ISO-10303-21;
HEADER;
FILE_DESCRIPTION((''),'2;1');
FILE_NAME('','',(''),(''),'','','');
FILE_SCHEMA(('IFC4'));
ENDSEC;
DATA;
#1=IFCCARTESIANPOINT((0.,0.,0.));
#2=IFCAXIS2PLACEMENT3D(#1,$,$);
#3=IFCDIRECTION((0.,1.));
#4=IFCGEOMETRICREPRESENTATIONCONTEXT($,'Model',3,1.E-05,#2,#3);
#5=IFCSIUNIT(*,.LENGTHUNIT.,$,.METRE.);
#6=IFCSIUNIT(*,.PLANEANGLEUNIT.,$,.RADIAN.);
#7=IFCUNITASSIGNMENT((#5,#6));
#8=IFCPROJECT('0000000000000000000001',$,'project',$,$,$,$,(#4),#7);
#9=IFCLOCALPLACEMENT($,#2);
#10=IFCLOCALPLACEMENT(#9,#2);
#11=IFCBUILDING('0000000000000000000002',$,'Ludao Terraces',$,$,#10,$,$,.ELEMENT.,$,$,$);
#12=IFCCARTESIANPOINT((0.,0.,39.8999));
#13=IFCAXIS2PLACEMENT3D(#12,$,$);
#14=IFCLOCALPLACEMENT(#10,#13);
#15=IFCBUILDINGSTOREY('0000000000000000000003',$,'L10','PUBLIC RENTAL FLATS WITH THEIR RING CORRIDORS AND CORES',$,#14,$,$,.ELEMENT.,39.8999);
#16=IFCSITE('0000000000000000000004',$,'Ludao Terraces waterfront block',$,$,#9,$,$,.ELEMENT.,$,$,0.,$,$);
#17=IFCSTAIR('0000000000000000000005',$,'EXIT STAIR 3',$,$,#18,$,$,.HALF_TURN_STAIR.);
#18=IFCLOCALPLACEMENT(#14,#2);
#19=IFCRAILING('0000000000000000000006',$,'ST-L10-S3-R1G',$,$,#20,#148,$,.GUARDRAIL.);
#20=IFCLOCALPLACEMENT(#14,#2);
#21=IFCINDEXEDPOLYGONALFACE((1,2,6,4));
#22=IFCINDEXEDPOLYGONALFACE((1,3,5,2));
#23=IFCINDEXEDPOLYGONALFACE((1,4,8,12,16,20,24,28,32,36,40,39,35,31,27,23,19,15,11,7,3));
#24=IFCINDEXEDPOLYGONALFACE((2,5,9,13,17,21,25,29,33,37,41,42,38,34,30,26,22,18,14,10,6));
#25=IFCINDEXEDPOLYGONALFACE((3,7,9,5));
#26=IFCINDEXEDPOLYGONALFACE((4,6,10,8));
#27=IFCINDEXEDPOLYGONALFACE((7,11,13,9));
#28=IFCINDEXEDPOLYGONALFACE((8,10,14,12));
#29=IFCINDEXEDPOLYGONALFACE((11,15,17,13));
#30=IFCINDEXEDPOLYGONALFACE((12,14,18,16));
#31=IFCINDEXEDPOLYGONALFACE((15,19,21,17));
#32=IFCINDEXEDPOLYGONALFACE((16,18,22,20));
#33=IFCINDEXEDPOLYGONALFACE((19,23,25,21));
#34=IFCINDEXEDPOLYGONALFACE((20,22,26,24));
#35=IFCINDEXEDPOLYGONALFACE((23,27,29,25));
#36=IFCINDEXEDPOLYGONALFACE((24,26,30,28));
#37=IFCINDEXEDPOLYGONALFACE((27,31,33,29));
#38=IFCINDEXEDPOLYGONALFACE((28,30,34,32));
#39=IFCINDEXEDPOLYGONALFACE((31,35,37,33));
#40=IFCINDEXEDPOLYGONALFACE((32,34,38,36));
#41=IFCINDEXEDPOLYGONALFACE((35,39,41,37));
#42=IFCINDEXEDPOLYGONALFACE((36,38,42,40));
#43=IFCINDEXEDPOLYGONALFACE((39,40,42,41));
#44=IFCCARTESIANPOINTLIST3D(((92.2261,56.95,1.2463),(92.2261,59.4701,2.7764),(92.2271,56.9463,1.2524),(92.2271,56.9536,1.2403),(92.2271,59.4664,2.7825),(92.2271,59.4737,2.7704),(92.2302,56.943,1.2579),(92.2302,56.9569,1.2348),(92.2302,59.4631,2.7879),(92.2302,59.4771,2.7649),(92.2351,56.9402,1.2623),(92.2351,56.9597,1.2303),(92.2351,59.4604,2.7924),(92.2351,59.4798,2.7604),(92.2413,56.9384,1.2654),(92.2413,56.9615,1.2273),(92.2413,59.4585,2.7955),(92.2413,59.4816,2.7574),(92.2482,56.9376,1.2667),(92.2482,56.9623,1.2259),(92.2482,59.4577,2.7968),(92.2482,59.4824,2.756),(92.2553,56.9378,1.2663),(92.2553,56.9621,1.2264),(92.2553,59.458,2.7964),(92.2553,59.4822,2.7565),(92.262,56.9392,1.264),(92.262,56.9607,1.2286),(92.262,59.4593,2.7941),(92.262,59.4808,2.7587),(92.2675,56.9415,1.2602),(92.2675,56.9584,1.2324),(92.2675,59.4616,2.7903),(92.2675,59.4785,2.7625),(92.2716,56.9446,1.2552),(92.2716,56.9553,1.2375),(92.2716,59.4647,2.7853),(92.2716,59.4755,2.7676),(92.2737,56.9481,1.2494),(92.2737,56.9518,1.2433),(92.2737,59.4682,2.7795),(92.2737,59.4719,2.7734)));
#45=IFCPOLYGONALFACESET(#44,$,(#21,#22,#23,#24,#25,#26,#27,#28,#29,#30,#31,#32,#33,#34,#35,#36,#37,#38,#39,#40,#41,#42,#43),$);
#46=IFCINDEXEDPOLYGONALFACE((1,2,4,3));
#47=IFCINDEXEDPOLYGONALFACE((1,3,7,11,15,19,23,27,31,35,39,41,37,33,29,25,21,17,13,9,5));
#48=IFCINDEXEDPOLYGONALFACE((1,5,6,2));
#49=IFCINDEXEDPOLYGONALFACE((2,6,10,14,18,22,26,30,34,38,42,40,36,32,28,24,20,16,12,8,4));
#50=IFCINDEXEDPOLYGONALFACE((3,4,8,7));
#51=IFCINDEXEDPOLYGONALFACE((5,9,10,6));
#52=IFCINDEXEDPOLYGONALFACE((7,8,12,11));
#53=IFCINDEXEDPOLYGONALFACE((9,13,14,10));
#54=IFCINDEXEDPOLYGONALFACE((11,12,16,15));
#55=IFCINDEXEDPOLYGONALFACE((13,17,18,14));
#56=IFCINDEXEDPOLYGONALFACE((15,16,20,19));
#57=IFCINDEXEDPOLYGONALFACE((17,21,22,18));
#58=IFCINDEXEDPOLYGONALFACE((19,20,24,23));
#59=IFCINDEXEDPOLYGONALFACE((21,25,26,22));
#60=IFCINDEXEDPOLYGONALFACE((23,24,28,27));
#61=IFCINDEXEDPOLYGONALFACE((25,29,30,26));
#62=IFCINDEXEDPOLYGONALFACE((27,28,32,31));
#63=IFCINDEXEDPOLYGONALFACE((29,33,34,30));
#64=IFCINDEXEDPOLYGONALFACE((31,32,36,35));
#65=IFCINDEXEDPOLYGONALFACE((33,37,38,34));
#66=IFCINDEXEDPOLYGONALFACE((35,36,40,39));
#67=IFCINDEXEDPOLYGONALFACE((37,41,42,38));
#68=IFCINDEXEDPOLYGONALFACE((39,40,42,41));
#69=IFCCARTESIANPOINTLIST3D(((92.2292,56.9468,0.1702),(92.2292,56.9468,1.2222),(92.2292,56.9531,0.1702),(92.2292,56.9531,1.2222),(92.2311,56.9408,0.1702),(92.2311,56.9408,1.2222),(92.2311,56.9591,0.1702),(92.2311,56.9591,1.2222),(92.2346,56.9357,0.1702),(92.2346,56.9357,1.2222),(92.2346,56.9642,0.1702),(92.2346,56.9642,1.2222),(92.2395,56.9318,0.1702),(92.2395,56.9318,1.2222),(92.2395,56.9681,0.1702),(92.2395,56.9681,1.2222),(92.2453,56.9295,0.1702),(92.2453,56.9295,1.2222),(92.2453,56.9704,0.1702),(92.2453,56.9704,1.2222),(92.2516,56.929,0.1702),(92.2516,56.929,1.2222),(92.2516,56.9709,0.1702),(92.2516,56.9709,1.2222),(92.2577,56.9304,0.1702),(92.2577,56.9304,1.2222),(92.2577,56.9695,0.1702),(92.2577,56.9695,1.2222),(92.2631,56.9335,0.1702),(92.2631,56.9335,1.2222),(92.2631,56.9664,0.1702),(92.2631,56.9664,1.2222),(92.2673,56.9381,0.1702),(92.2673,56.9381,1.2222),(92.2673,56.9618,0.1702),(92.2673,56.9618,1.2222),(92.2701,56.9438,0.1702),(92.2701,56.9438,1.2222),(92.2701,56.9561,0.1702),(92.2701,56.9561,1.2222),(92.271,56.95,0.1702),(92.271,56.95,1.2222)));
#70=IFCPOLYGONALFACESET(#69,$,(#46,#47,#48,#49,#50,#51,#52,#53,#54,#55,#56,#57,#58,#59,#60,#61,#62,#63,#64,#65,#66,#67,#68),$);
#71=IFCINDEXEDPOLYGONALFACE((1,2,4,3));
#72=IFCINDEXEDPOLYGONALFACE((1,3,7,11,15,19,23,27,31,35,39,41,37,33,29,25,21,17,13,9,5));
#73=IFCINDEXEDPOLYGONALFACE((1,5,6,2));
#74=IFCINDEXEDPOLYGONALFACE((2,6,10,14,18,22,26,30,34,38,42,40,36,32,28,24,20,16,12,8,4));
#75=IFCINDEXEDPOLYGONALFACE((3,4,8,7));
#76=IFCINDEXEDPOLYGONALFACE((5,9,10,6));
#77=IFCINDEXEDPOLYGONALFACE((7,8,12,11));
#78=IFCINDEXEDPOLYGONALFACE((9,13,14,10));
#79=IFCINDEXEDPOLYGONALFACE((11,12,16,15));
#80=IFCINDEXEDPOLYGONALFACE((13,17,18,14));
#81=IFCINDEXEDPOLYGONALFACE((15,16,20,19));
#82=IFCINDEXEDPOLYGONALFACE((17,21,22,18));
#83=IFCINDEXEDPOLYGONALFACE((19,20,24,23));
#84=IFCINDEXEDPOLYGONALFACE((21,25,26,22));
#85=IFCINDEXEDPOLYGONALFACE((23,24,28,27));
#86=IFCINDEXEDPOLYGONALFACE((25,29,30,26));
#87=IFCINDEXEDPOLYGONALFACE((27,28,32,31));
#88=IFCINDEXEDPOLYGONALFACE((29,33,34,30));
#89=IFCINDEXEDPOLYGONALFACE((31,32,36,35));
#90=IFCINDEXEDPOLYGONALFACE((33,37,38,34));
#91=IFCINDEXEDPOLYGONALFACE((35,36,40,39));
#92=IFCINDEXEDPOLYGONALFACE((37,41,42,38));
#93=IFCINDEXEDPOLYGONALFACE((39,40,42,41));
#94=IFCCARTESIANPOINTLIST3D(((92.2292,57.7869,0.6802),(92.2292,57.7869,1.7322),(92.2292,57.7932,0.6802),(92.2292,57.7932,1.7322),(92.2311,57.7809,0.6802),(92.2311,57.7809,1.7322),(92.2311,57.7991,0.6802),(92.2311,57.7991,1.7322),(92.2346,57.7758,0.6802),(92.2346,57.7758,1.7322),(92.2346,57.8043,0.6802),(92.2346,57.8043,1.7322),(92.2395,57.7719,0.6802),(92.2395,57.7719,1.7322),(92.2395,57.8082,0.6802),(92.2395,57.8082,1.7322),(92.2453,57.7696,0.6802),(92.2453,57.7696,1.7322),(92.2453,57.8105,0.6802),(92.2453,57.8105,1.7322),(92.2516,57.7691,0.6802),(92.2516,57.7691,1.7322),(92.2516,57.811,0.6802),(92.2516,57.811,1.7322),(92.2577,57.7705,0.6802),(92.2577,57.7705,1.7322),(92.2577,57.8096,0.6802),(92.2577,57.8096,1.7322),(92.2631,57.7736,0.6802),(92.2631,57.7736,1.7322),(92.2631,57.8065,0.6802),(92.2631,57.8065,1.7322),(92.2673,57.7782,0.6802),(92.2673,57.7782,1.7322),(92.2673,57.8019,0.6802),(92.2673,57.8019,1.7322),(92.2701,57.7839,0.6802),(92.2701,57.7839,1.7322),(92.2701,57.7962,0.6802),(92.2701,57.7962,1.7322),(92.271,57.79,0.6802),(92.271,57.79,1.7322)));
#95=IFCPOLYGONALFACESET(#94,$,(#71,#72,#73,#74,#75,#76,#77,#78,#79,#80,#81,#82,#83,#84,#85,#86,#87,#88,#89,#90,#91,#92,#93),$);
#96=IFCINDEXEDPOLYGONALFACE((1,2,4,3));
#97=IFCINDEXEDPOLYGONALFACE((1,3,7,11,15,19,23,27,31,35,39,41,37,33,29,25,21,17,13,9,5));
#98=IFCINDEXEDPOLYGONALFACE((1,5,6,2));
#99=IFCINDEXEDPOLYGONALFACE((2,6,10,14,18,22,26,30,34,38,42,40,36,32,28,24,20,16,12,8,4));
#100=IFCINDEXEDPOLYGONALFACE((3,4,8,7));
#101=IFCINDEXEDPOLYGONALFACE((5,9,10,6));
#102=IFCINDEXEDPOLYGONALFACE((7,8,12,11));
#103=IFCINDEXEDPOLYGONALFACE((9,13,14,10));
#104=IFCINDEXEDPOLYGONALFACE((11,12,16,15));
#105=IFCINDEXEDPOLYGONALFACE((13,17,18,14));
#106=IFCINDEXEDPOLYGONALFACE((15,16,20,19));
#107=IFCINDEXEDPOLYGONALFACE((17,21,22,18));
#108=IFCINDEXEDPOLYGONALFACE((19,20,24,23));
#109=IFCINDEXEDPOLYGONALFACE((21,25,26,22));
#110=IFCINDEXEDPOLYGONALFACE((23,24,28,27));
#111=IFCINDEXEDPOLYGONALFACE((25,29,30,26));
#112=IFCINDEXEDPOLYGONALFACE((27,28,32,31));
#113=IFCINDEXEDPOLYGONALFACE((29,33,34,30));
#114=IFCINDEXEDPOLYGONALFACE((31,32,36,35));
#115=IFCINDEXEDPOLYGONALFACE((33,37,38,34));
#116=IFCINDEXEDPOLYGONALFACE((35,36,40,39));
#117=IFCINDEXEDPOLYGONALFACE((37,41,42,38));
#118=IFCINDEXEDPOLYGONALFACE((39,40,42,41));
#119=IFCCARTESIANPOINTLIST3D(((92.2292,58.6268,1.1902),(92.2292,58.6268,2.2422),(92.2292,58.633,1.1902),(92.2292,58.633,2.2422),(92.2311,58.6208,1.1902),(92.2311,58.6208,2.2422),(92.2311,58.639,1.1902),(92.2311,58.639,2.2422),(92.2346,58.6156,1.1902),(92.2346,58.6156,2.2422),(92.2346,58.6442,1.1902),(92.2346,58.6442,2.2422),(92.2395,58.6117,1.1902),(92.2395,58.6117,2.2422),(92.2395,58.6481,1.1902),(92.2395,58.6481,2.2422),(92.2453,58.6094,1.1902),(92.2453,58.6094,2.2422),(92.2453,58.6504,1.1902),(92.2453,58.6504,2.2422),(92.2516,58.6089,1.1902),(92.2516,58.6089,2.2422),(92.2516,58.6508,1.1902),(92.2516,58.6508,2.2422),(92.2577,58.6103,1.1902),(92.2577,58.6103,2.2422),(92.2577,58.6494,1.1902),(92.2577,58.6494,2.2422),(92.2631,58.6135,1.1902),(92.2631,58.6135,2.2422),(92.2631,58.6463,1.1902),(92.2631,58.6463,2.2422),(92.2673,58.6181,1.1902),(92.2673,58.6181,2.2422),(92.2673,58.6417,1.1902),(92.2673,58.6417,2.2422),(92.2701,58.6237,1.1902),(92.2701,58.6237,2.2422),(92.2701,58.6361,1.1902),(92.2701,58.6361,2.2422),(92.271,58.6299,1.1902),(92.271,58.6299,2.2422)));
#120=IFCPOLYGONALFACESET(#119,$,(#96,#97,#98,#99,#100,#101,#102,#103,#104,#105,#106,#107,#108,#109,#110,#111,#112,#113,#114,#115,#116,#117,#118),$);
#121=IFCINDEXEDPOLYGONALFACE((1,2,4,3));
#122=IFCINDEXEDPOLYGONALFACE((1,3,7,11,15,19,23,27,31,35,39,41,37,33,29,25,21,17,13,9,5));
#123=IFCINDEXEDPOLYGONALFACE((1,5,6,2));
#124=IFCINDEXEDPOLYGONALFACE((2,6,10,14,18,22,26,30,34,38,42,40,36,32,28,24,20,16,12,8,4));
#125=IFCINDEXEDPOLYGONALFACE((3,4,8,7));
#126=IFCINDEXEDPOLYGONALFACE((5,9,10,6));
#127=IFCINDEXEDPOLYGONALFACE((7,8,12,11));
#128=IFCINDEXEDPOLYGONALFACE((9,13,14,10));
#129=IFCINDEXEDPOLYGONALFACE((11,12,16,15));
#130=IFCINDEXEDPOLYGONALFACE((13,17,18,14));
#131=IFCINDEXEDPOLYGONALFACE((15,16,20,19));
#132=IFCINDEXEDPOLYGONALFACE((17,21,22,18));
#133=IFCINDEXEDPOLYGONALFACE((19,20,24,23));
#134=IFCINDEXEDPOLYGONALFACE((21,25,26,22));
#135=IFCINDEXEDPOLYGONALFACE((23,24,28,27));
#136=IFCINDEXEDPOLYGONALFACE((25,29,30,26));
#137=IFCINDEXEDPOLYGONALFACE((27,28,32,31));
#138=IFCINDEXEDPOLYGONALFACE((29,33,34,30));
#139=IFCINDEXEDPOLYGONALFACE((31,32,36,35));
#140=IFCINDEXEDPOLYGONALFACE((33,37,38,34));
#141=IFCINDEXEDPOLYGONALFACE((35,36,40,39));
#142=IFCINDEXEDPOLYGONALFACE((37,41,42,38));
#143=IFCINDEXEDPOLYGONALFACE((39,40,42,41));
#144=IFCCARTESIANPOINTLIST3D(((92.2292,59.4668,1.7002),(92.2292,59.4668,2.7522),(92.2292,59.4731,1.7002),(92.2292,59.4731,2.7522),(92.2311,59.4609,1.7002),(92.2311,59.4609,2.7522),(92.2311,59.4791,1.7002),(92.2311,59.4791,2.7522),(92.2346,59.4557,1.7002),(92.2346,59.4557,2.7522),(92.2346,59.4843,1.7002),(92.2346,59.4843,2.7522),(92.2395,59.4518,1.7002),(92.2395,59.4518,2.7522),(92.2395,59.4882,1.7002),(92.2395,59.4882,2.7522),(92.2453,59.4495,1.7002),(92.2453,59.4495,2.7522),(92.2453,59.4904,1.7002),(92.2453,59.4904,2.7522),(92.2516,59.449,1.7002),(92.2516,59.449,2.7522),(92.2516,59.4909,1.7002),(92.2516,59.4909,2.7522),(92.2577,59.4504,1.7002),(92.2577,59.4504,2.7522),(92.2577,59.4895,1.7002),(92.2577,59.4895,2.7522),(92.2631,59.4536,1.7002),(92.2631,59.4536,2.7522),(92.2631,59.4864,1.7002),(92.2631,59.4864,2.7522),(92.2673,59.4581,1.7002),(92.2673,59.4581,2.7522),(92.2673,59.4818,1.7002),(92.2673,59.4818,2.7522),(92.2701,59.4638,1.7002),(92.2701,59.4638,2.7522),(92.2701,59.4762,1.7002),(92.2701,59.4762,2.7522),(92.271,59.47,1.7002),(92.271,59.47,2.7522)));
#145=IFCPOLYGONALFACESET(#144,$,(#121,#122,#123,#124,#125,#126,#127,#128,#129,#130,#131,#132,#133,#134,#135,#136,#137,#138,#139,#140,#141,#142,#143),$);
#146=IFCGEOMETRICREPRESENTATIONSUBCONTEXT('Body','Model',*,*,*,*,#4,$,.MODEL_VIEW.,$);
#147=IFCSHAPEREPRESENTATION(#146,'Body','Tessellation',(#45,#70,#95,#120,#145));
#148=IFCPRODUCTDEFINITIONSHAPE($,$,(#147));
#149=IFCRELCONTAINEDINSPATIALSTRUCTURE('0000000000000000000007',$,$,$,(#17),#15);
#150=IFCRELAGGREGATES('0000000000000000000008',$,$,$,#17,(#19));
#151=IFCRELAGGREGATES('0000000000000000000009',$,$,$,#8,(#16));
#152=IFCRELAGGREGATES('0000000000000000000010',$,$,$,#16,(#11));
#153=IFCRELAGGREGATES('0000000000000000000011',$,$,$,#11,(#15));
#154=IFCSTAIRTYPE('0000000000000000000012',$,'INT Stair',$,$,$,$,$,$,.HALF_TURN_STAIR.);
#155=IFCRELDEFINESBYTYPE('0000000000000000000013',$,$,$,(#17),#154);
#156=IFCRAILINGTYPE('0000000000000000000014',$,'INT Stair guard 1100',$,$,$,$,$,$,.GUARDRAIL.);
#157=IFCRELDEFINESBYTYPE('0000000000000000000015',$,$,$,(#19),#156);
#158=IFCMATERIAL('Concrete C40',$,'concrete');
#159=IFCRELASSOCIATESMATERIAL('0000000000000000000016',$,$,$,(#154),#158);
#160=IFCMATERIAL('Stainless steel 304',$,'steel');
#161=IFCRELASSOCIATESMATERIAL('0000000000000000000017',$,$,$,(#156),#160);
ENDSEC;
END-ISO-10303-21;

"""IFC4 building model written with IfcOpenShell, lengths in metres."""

from ifc_helpers import new_model, si_unit, direction, frame, origin, origin_2d, place, context, subcontext, project, spatial, circle, extrude, material, type_object, element, aggregate, save


model = new_model("IFC4")

# Units and contexts
model_context = context("Model", 3, precision=1e-05, world=origin(), true_north=direction((0.0, 1.0)))
body_context = subcontext(model_context, "Body", "Model", "MODEL_VIEW")
ifc_project = project(units=[si_unit("LENGTHUNIT", "METRE"), si_unit("PLANEANGLEUNIT", "RADIAN")], contexts=[model_context])

# Site, building, storey
site_placement = place(None, origin())
site = spatial("IfcSite", under=ifc_project, at=site_placement, Name="Ludao Terraces waterfront block", CompositionType="ELEMENT", RefElevation=0.0)
building_placement = place(site_placement, origin())
building = spatial("IfcBuilding", under=site, at=building_placement, Name="Ludao Terraces", CompositionType="ELEMENT")
storey_placement = place(building_placement, frame((0.0, 0.0, 39.8999)))
storey = spatial("IfcBuildingStorey", under=building, at=storey_placement, Name="L10", Description="PUBLIC RENTAL FLATS WITH THEIR RING CORRIDORS AND CORES", CompositionType="ELEMENT", Elevation=39.8999)

# Stair, railing
ifc_material_1 = material(Name="Concrete C40", Category="concrete")
stair_type = type_object("IfcStairType", Name="INT Stair", PredefinedType="HALF_TURN_STAIR", material=ifc_material_1)
stair_placement = place(storey_placement, origin())
stair = element("IfcStair", 1, at=stair_placement, inside=storey, type_object=stair_type, Name="EXIT STAIR 3", PredefinedType="HALF_TURN_STAIR")
ifc_material_2 = material(Name="Stainless steel 304", Category="steel")
railing_type_1 = type_object("IfcRailingType", Name="INT Stair guard 1100", PredefinedType="GUARDRAIL", material=ifc_material_2)
railing_1_placement = place(storey_placement, frame((92.25, 56.95, 0.1702)))
railing_1 = element("IfcRailing", 2, at=railing_1_placement, type_object=railing_type_1, Name="ST-L10-S3-R1G", PredefinedType="GUARDRAIL", context=body_context, shape_type="SweptSolid", body=[
    extrude(circle(Radius=0.0239, at=origin_2d()), frame((0.0, 0.0, 1.0762), z_axis=(0.0, 0.854785, 0.518982), x_axis=(-1.0, 0.0, 0.0)), (0.0, 0.0, 1.0), 2.9482),
    extrude(circle(Radius=0.021, at=origin_2d()), origin(), (0.0, 0.0, 1.0), 1.052),
    extrude(circle(Radius=0.021, at=origin_2d()), frame((0.0, 0.8401, 0.51)), (0.0, 0.0, 1.0), 1.052),
    extrude(circle(Radius=0.021, at=origin_2d()), frame((0.0, 1.6799, 1.02)), (0.0, 0.0, 1.0), 1.052),
    extrude(circle(Radius=0.021, at=origin_2d()), frame((0.0, 2.52, 1.53)), (0.0, 0.0, 1.0), 1.052),
])
aggregate(stair, [railing_1])

save(model, "model.ifc")
